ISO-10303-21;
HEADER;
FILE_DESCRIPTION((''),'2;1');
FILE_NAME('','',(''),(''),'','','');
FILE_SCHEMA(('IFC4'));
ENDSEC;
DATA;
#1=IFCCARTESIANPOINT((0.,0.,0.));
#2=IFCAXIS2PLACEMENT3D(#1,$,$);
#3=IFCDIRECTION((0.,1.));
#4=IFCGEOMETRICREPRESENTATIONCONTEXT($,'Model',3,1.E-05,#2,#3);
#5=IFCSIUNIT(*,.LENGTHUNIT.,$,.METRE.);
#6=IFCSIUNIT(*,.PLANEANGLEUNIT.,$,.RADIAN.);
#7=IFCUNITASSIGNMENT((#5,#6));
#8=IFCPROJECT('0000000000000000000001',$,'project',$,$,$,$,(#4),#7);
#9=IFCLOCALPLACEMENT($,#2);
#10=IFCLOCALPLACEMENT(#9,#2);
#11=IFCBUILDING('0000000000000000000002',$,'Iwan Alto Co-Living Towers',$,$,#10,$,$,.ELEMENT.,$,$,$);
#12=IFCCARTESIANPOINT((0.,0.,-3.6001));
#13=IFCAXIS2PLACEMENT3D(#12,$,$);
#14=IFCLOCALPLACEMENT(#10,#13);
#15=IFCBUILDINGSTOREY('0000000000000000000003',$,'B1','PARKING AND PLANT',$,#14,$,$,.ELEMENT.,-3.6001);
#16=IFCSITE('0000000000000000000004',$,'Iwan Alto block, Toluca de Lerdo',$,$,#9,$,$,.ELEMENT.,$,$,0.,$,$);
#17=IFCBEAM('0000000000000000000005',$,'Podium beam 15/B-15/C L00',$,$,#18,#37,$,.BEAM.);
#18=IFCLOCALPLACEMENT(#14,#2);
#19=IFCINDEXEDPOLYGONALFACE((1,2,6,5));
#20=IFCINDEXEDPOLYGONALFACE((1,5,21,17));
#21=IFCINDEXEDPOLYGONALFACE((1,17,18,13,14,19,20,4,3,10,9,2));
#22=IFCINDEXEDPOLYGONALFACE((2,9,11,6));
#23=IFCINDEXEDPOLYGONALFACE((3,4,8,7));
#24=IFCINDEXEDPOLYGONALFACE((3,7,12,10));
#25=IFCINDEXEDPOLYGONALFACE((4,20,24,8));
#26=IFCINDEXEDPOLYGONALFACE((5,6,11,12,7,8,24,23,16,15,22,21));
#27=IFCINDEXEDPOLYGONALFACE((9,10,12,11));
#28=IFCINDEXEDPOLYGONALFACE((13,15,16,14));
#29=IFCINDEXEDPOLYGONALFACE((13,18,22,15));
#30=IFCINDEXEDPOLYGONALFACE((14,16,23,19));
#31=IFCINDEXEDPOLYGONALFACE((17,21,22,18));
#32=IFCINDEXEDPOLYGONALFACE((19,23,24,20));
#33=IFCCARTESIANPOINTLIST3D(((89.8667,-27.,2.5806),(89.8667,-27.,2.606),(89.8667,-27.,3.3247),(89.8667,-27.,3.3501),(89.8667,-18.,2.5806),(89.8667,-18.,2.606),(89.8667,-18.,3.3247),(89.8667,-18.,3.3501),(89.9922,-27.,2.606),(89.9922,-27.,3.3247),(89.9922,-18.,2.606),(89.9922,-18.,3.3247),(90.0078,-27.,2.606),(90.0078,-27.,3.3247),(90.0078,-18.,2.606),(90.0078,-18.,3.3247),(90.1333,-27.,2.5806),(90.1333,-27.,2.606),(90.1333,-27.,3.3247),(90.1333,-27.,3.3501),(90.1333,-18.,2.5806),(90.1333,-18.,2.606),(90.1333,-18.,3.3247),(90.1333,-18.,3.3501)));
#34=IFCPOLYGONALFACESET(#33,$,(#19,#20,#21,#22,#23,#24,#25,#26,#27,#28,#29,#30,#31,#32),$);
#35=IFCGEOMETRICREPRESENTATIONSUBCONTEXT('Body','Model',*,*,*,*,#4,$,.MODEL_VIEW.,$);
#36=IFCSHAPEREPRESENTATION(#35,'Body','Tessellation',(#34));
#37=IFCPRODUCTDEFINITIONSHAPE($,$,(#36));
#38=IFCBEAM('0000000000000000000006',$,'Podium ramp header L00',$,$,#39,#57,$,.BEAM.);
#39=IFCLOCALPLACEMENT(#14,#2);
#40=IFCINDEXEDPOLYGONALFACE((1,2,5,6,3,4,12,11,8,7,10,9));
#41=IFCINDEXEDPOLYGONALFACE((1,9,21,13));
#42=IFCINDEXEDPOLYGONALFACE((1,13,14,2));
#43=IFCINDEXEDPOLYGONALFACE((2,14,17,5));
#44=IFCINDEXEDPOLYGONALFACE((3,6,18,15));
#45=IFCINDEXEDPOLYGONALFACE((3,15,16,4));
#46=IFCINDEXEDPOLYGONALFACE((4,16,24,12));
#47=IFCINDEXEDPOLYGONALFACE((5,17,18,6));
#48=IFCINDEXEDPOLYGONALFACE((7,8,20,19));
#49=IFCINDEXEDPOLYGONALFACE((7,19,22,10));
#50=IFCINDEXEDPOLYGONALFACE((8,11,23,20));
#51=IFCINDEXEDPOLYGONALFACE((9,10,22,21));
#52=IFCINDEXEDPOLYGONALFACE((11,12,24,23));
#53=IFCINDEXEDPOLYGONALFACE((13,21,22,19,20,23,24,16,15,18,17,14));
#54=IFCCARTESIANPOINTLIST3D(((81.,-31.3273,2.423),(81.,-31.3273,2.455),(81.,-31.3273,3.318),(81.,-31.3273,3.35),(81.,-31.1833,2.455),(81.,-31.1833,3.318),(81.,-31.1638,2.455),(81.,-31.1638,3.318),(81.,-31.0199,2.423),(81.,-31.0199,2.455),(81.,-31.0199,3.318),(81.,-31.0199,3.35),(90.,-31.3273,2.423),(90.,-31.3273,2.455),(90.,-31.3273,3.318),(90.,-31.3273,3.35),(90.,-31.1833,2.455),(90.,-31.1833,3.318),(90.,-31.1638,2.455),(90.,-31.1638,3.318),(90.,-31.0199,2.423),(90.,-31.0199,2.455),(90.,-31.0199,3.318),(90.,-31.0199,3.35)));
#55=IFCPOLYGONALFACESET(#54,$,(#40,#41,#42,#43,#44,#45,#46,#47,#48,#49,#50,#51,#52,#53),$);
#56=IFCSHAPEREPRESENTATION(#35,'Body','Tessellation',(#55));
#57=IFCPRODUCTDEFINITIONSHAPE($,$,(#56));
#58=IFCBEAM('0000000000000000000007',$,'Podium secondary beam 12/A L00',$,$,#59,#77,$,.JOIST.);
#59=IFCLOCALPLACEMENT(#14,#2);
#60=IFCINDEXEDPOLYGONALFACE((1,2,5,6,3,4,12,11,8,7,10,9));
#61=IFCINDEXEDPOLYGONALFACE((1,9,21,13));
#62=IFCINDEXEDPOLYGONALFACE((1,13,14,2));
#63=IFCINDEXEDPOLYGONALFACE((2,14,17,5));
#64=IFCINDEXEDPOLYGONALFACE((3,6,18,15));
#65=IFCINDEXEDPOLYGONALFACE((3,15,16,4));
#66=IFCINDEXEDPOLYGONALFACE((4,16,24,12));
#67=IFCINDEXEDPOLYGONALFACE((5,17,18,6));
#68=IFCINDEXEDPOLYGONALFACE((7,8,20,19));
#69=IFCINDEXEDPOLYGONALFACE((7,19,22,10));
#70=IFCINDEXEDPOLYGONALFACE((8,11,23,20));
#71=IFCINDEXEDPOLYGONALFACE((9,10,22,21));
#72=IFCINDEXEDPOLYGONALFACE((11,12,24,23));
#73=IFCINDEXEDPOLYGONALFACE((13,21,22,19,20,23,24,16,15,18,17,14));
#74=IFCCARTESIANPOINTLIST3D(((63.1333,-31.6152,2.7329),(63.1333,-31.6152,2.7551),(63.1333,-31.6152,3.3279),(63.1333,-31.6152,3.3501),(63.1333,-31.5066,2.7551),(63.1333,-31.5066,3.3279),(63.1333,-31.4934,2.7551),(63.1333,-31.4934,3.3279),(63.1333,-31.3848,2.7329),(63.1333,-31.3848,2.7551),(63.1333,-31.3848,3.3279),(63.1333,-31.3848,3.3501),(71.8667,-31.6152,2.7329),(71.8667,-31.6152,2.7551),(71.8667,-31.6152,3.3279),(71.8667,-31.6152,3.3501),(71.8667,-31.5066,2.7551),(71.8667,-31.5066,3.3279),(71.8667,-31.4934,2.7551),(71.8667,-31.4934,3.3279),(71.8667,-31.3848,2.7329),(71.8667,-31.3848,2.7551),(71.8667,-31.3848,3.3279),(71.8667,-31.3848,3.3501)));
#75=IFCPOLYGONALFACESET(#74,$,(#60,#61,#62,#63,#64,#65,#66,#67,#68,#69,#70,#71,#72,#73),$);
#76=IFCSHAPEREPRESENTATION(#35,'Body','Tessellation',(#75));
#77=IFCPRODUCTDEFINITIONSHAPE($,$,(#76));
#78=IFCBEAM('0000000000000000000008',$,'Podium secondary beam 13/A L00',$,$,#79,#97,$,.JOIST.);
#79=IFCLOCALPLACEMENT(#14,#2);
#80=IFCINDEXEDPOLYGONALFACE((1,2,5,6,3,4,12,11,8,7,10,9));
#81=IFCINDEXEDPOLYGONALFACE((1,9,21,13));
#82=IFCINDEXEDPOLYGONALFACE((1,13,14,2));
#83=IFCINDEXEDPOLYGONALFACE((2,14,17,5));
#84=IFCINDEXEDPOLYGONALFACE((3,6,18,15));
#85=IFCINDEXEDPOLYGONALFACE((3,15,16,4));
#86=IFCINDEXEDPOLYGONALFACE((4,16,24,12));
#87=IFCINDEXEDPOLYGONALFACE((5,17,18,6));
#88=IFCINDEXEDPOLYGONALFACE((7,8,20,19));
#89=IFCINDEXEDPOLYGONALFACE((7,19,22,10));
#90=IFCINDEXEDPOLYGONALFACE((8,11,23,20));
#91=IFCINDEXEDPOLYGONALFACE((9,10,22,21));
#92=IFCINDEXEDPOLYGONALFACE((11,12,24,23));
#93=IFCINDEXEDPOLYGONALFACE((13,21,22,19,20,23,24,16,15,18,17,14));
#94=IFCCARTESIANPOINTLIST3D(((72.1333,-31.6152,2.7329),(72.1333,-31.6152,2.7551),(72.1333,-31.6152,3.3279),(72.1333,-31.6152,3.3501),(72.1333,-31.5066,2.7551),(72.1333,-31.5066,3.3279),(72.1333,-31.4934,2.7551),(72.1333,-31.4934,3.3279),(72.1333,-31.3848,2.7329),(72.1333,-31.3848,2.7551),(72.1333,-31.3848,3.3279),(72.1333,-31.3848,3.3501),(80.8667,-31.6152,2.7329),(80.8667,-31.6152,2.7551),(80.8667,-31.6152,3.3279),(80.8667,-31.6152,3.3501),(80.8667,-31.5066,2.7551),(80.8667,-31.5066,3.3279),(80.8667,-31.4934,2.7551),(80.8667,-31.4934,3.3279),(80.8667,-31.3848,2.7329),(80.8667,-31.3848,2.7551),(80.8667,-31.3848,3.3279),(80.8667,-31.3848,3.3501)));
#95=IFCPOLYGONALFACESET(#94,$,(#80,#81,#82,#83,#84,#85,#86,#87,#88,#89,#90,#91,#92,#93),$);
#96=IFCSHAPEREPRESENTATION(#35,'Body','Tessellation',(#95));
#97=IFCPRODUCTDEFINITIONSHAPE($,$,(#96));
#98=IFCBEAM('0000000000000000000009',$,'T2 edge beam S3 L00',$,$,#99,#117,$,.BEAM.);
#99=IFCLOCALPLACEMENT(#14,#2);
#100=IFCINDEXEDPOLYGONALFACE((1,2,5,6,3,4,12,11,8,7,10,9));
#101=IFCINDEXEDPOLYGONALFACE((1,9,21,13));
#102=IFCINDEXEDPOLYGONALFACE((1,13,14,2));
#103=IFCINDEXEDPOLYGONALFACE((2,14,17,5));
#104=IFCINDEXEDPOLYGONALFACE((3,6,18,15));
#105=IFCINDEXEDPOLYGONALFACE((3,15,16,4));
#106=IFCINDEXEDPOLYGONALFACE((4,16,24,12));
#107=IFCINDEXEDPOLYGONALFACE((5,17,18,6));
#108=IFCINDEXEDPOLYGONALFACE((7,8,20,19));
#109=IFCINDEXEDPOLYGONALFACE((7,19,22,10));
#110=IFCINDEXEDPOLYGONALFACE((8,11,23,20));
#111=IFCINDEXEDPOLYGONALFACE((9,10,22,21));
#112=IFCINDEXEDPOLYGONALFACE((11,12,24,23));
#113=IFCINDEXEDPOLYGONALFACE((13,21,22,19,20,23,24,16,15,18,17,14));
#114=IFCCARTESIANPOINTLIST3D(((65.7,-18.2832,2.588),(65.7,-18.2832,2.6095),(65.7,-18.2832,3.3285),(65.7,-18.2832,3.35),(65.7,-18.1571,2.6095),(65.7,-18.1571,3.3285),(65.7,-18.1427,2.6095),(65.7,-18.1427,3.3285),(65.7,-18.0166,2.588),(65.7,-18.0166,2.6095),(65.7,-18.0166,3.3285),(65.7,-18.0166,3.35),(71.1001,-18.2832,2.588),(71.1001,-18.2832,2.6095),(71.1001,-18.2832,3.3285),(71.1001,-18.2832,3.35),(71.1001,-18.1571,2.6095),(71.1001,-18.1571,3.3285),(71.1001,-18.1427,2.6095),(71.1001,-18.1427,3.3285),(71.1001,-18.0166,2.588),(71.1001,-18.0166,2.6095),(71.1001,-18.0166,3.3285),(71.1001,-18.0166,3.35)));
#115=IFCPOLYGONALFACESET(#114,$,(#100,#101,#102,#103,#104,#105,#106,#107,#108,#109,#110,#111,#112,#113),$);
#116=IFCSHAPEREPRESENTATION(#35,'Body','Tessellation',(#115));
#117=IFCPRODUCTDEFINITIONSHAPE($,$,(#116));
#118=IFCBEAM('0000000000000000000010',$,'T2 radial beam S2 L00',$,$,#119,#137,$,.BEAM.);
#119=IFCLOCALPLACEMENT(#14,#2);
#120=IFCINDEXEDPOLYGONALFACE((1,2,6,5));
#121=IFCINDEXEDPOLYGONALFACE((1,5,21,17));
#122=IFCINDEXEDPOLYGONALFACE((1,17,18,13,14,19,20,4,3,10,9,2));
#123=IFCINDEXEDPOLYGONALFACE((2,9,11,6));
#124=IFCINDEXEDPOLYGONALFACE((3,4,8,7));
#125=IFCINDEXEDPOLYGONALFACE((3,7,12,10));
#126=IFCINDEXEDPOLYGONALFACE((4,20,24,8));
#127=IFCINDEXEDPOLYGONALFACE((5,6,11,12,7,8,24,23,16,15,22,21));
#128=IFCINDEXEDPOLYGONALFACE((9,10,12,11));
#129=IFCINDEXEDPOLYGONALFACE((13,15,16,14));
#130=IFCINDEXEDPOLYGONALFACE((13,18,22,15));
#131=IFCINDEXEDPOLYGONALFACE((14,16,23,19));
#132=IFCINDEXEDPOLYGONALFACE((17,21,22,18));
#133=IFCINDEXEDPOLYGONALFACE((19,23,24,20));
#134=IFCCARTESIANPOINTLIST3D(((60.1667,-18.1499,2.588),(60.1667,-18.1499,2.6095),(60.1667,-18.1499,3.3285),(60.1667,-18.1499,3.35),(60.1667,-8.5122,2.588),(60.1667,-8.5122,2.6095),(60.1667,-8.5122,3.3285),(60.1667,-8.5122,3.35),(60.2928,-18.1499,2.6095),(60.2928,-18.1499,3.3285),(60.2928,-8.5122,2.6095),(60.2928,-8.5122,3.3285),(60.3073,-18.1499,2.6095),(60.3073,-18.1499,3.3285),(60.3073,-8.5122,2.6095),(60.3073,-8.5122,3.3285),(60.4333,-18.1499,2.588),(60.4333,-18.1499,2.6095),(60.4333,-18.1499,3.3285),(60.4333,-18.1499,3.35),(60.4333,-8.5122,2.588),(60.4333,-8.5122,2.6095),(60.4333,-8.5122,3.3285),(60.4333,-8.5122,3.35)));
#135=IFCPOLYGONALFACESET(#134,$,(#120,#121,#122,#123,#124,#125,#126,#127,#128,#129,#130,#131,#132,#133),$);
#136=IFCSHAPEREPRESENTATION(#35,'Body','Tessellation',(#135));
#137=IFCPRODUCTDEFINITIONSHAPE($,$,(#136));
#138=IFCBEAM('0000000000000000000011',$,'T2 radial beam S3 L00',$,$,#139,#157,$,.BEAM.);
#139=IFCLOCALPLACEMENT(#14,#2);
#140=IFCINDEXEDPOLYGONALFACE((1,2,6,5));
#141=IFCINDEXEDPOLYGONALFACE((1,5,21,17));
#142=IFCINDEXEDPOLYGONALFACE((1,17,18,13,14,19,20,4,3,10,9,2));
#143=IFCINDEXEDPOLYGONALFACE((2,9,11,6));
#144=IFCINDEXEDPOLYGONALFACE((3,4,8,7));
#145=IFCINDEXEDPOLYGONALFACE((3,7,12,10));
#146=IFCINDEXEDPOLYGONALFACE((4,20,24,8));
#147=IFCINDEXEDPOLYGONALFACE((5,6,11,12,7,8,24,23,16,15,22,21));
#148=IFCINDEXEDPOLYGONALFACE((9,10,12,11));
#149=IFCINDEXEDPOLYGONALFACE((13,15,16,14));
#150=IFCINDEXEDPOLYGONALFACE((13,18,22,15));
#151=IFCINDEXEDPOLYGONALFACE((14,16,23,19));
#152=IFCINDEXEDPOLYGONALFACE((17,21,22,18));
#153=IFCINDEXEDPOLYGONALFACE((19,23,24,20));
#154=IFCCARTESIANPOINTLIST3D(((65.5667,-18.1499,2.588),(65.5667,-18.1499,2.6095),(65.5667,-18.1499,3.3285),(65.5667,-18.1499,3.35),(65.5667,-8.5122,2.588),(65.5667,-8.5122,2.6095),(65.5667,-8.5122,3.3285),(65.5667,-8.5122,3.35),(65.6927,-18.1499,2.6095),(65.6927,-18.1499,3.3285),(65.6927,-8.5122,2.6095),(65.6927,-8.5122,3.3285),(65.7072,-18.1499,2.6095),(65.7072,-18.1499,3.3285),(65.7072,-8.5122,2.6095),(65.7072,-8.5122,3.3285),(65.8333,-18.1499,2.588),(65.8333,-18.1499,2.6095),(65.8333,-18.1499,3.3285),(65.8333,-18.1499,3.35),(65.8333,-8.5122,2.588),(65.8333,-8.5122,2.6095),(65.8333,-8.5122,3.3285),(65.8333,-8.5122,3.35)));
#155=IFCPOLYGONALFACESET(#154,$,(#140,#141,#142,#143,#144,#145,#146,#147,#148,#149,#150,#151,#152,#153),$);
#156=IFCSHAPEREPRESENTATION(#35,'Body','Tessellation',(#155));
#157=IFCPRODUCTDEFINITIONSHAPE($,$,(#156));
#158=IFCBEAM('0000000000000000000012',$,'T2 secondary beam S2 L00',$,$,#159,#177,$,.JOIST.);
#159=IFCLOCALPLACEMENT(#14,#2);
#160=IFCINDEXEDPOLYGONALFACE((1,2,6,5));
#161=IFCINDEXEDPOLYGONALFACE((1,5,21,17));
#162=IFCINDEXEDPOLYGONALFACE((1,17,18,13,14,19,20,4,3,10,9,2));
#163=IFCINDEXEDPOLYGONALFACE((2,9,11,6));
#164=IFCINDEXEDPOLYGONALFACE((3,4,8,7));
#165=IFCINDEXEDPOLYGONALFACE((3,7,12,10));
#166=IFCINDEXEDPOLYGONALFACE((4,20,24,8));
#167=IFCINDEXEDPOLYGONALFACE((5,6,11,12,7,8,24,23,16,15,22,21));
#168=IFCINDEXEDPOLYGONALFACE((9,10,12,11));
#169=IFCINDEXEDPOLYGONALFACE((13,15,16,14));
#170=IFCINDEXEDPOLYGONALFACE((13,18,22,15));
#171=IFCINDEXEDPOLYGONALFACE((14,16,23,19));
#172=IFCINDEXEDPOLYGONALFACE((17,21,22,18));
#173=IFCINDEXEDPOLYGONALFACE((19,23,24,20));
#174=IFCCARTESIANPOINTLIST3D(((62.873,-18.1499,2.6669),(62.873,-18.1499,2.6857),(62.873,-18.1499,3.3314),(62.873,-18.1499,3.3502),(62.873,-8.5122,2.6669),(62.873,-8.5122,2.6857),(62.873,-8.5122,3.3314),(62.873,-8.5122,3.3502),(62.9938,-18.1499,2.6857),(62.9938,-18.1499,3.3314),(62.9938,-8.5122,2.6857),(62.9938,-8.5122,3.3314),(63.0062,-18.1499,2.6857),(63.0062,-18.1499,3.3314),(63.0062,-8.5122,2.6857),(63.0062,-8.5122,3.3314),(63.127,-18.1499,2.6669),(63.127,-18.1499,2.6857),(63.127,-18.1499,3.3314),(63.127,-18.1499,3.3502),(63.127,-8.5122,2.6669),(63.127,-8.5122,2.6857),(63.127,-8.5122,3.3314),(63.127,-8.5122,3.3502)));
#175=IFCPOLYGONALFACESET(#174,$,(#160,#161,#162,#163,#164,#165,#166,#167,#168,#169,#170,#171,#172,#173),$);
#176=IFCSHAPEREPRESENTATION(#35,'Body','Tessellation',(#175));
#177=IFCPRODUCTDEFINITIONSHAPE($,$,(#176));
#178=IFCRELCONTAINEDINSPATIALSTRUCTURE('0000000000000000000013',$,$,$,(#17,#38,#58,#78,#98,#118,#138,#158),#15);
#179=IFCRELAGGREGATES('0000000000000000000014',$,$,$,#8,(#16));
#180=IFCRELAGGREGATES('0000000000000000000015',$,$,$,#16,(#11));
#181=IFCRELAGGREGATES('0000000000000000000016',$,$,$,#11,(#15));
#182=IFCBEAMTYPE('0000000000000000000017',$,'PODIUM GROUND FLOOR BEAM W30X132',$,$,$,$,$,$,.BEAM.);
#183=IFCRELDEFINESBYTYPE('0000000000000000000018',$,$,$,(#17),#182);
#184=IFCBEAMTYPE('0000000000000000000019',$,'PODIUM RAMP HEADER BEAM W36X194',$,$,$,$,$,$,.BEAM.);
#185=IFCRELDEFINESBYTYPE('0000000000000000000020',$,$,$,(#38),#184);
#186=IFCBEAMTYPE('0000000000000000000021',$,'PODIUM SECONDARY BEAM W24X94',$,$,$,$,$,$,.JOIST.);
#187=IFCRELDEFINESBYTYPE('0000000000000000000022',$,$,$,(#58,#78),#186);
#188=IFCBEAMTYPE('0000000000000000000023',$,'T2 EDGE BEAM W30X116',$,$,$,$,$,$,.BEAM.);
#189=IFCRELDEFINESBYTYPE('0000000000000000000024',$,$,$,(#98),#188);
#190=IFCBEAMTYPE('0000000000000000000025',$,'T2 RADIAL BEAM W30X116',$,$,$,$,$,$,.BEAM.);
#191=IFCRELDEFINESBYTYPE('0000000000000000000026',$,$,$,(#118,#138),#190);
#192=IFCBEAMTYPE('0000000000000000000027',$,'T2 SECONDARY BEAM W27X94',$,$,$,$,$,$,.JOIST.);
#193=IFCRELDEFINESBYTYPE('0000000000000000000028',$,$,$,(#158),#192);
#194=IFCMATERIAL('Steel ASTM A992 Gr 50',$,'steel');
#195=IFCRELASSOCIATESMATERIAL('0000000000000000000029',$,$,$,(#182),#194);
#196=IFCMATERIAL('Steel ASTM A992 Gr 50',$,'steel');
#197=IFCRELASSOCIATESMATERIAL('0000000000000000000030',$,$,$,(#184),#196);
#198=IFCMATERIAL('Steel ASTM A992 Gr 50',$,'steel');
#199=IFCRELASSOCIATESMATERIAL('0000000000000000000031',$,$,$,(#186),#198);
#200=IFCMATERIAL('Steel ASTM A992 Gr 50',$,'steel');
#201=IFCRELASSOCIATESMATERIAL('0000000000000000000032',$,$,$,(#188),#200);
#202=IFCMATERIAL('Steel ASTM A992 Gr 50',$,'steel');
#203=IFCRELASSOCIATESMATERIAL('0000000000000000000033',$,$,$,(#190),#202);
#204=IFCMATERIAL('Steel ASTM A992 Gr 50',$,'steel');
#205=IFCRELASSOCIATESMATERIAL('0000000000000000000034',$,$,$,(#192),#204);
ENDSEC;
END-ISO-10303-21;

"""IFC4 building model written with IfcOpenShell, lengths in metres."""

from ifc_helpers import new_model, si_unit, direction, frame, origin, origin_2d, place, context, subcontext, project, spatial, i_section, extrude, material, material_profile, profile_set, type_object, element, save


model = new_model("IFC4")

# Units and contexts
model_context = context("Model", 3, precision=1e-05, world=origin(), true_north=direction((0.0, 1.0)))
body_context = subcontext(model_context, "Body", "Model", "MODEL_VIEW")
ifc_project = project(units=[si_unit("LENGTHUNIT", "METRE"), si_unit("PLANEANGLEUNIT", "RADIAN")], contexts=[model_context])

# Site, building, storey
site_placement = place(None, origin())
site = spatial("IfcSite", under=ifc_project, at=site_placement, Name="Iwan Alto block, Toluca de Lerdo", CompositionType="ELEMENT", RefElevation=0.0)
building_placement = place(site_placement, origin())
building = spatial("IfcBuilding", under=site, at=building_placement, Name="Iwan Alto Co-Living Towers", CompositionType="ELEMENT")
storey_placement = place(building_placement, frame((0.0, 0.0, -3.6001)))
storey = spatial("IfcBuildingStorey", under=building, at=storey_placement, Name="B1", Description="PARKING AND PLANT", CompositionType="ELEMENT", Elevation=-3.6001)

# Beams
ifc_material_1 = material(Name="Steel ASTM A992 Gr 50", Category="steel")
ifc_material_profile_1 = material_profile(ifc_material_1, i_section(OverallWidth=0.2666, OverallDepth=0.7695, WebThickness=0.0156, FlangeThickness=0.0254, at=origin_2d()), Name="W30X132")
ifc_profile_set_1 = profile_set([ifc_material_profile_1], Name="Steel ASTM A992 Gr 50")
beam_type_1 = type_object("IfcBeamType", Name="PODIUM GROUND FLOOR BEAM W30X132", PredefinedType="BEAM", material=ifc_profile_set_1)
for number, where, z_axis, x_axis, name in (
    (1, (90.0, -27.0, 2.9653), (0.0, 1.0, 0.0), (-1.0, 0.0, 0.0), "Podium beam 15/B-15/C L00"),
):
    element("IfcBeam", number, at=place(storey_placement, frame(where, z_axis=z_axis, x_axis=x_axis)), inside=storey, type_object=beam_type_1, Name=name, PredefinedType="BEAM", context=body_context, shape_type="SweptSolid", body=[
        extrude(i_section(OverallWidth=0.2666, OverallDepth=0.7695, WebThickness=0.0156, FlangeThickness=0.0254, at=origin_2d()), origin(), (0.0, 0.0, 1.0), 9.0),
    ])
ifc_material_2 = material(Name="Steel ASTM A992 Gr 50", Category="steel")
ifc_material_profile_2 = material_profile(ifc_material_2, i_section(OverallWidth=0.3074, OverallDepth=0.927, WebThickness=0.0195, FlangeThickness=0.032, at=origin_2d()), Name="W36X194")
ifc_profile_set_2 = profile_set([ifc_material_profile_2], Name="Steel ASTM A992 Gr 50")
beam_type_2 = type_object("IfcBeamType", Name="PODIUM RAMP HEADER BEAM W36X194", PredefinedType="BEAM", material=ifc_profile_set_2)
beam_1_placement = place(storey_placement, frame((81.0, -31.1736, 2.8865), z_axis=(1.0, 0.0, 0.0), x_axis=(0.0, 1.0, 0.0)))
element("IfcBeam", 2, at=beam_1_placement, inside=storey, type_object=beam_type_2, Name="Podium ramp header L00", PredefinedType="BEAM", context=body_context, shape_type="SweptSolid", body=[
    extrude(i_section(OverallWidth=0.3074, OverallDepth=0.927, WebThickness=0.0195, FlangeThickness=0.032, at=origin_2d()), origin(), (0.0, 0.0, 1.0), 9.0),
])
ifc_material_3 = material(Name="Steel ASTM A992 Gr 50", Category="steel")
ifc_material_profile_3 = material_profile(ifc_material_3, i_section(OverallWidth=0.2305, OverallDepth=0.6172, WebThickness=0.0132, FlangeThickness=0.0222, at=origin_2d()), Name="W24X94")
ifc_profile_set_3 = profile_set([ifc_material_profile_3], Name="Steel ASTM A992 Gr 50")
beam_type_3 = type_object("IfcBeamType", Name="PODIUM SECONDARY BEAM W24X94", PredefinedType="JOIST", material=ifc_profile_set_3)
for number, where, z_axis, x_axis, name in (
    (3, (63.1333, -31.5, 3.0415), (1.0, 0.0, 0.0), (0.0, 1.0, 0.0), "Podium secondary beam 12/A L00"),
    (4, (72.1333, -31.5, 3.0415), (1.0, 0.0, 0.0), (0.0, 1.0, 0.0), "Podium secondary beam 13/A L00"),
):
    element("IfcBeam", number, at=place(storey_placement, frame(where, z_axis=z_axis, x_axis=x_axis)), inside=storey, type_object=beam_type_3, Name=name, PredefinedType="JOIST", context=body_context, shape_type="SweptSolid", body=[
        extrude(i_section(OverallWidth=0.2305, OverallDepth=0.6172, WebThickness=0.0132, FlangeThickness=0.0222, at=origin_2d()), origin(), (0.0, 0.0, 1.0), 8.7334),
    ])
ifc_material_4 = material(Name="Steel ASTM A992 Gr 50", Category="steel")
ifc_material_profile_4 = material_profile(ifc_material_4, i_section(OverallWidth=0.2666, OverallDepth=0.762, WebThickness=0.0144, FlangeThickness=0.0215, at=origin_2d()), Name="W30X116")
ifc_profile_set_4 = profile_set([ifc_material_profile_4], Name="Steel ASTM A992 Gr 50")
beam_type_4 = type_object("IfcBeamType", Name="T2 EDGE BEAM W30X116", PredefinedType="BEAM", material=ifc_profile_set_4)
beam_2_placement = place(storey_placement, frame((65.7, -18.1499, 2.969), z_axis=(1.0, 0.0, 0.0), x_axis=(0.0, 1.0, 0.0)))
element("IfcBeam", 5, at=beam_2_placement, inside=storey, type_object=beam_type_4, Name="T2 edge beam S3 L00", PredefinedType="BEAM", context=body_context, shape_type="SweptSolid", body=[
    extrude(i_section(OverallWidth=0.2666, OverallDepth=0.762, WebThickness=0.0144, FlangeThickness=0.0215, at=origin_2d()), origin(), (0.0, 0.0, 1.0), 5.4001),
])
ifc_material_5 = material(Name="Steel ASTM A992 Gr 50", Category="steel")
ifc_material_profile_5 = material_profile(ifc_material_5, i_section(OverallWidth=0.2666, OverallDepth=0.762, WebThickness=0.0144, FlangeThickness=0.0215, at=origin_2d()), Name="W30X116")
ifc_profile_set_5 = profile_set([ifc_material_profile_5], Name="Steel ASTM A992 Gr 50")
beam_type_5 = type_object("IfcBeamType", Name="T2 RADIAL BEAM W30X116", PredefinedType="BEAM", material=ifc_profile_set_5)
for number, where, z_axis, x_axis, name in (
    (6, (60.3, -18.1499, 2.969), (0.0, 1.0, 0.0), (-1.0, 0.0, 0.0), "T2 radial beam S2 L00"),
    (7, (65.7, -18.1499, 2.969), (0.0, 1.0, 0.0), (-1.0, 0.0, 0.0), "T2 radial beam S3 L00"),
):
    element("IfcBeam", number, at=place(storey_placement, frame(where, z_axis=z_axis, x_axis=x_axis)), inside=storey, type_object=beam_type_5, Name=name, PredefinedType="BEAM", context=body_context, shape_type="SweptSolid", body=[
        extrude(i_section(OverallWidth=0.2666, OverallDepth=0.762, WebThickness=0.0144, FlangeThickness=0.0215, at=origin_2d()), origin(), (0.0, 0.0, 1.0), 9.6377),
    ])
ifc_material_6 = material(Name="Steel ASTM A992 Gr 50", Category="steel")
ifc_material_profile_6 = material_profile(ifc_material_6, i_section(OverallWidth=0.2539, OverallDepth=0.6833, WebThickness=0.0125, FlangeThickness=0.0188, at=origin_2d()), Name="W27X94")
ifc_profile_set_6 = profile_set([ifc_material_profile_6], Name="Steel ASTM A992 Gr 50")
beam_type_6 = type_object("IfcBeamType", Name="T2 SECONDARY BEAM W27X94", PredefinedType="JOIST", material=ifc_profile_set_6)
for number, where, z_axis, x_axis, name in (
    (8, (63.0, -18.1499, 3.0085), (0.0, 1.0, 0.0), (-1.0, 0.0, 0.0), "T2 secondary beam S2 L00"),
):
    element("IfcBeam", number, at=place(storey_placement, frame(where, z_axis=z_axis, x_axis=x_axis)), inside=storey, type_object=beam_type_6, Name=name, PredefinedType="JOIST", context=body_context, shape_type="SweptSolid", body=[
        extrude(i_section(OverallWidth=0.2539, OverallDepth=0.6833, WebThickness=0.0125, FlangeThickness=0.0188, at=origin_2d()), origin(), (0.0, 0.0, 1.0), 9.6377),
    ])

save(model, "model.ifc")
